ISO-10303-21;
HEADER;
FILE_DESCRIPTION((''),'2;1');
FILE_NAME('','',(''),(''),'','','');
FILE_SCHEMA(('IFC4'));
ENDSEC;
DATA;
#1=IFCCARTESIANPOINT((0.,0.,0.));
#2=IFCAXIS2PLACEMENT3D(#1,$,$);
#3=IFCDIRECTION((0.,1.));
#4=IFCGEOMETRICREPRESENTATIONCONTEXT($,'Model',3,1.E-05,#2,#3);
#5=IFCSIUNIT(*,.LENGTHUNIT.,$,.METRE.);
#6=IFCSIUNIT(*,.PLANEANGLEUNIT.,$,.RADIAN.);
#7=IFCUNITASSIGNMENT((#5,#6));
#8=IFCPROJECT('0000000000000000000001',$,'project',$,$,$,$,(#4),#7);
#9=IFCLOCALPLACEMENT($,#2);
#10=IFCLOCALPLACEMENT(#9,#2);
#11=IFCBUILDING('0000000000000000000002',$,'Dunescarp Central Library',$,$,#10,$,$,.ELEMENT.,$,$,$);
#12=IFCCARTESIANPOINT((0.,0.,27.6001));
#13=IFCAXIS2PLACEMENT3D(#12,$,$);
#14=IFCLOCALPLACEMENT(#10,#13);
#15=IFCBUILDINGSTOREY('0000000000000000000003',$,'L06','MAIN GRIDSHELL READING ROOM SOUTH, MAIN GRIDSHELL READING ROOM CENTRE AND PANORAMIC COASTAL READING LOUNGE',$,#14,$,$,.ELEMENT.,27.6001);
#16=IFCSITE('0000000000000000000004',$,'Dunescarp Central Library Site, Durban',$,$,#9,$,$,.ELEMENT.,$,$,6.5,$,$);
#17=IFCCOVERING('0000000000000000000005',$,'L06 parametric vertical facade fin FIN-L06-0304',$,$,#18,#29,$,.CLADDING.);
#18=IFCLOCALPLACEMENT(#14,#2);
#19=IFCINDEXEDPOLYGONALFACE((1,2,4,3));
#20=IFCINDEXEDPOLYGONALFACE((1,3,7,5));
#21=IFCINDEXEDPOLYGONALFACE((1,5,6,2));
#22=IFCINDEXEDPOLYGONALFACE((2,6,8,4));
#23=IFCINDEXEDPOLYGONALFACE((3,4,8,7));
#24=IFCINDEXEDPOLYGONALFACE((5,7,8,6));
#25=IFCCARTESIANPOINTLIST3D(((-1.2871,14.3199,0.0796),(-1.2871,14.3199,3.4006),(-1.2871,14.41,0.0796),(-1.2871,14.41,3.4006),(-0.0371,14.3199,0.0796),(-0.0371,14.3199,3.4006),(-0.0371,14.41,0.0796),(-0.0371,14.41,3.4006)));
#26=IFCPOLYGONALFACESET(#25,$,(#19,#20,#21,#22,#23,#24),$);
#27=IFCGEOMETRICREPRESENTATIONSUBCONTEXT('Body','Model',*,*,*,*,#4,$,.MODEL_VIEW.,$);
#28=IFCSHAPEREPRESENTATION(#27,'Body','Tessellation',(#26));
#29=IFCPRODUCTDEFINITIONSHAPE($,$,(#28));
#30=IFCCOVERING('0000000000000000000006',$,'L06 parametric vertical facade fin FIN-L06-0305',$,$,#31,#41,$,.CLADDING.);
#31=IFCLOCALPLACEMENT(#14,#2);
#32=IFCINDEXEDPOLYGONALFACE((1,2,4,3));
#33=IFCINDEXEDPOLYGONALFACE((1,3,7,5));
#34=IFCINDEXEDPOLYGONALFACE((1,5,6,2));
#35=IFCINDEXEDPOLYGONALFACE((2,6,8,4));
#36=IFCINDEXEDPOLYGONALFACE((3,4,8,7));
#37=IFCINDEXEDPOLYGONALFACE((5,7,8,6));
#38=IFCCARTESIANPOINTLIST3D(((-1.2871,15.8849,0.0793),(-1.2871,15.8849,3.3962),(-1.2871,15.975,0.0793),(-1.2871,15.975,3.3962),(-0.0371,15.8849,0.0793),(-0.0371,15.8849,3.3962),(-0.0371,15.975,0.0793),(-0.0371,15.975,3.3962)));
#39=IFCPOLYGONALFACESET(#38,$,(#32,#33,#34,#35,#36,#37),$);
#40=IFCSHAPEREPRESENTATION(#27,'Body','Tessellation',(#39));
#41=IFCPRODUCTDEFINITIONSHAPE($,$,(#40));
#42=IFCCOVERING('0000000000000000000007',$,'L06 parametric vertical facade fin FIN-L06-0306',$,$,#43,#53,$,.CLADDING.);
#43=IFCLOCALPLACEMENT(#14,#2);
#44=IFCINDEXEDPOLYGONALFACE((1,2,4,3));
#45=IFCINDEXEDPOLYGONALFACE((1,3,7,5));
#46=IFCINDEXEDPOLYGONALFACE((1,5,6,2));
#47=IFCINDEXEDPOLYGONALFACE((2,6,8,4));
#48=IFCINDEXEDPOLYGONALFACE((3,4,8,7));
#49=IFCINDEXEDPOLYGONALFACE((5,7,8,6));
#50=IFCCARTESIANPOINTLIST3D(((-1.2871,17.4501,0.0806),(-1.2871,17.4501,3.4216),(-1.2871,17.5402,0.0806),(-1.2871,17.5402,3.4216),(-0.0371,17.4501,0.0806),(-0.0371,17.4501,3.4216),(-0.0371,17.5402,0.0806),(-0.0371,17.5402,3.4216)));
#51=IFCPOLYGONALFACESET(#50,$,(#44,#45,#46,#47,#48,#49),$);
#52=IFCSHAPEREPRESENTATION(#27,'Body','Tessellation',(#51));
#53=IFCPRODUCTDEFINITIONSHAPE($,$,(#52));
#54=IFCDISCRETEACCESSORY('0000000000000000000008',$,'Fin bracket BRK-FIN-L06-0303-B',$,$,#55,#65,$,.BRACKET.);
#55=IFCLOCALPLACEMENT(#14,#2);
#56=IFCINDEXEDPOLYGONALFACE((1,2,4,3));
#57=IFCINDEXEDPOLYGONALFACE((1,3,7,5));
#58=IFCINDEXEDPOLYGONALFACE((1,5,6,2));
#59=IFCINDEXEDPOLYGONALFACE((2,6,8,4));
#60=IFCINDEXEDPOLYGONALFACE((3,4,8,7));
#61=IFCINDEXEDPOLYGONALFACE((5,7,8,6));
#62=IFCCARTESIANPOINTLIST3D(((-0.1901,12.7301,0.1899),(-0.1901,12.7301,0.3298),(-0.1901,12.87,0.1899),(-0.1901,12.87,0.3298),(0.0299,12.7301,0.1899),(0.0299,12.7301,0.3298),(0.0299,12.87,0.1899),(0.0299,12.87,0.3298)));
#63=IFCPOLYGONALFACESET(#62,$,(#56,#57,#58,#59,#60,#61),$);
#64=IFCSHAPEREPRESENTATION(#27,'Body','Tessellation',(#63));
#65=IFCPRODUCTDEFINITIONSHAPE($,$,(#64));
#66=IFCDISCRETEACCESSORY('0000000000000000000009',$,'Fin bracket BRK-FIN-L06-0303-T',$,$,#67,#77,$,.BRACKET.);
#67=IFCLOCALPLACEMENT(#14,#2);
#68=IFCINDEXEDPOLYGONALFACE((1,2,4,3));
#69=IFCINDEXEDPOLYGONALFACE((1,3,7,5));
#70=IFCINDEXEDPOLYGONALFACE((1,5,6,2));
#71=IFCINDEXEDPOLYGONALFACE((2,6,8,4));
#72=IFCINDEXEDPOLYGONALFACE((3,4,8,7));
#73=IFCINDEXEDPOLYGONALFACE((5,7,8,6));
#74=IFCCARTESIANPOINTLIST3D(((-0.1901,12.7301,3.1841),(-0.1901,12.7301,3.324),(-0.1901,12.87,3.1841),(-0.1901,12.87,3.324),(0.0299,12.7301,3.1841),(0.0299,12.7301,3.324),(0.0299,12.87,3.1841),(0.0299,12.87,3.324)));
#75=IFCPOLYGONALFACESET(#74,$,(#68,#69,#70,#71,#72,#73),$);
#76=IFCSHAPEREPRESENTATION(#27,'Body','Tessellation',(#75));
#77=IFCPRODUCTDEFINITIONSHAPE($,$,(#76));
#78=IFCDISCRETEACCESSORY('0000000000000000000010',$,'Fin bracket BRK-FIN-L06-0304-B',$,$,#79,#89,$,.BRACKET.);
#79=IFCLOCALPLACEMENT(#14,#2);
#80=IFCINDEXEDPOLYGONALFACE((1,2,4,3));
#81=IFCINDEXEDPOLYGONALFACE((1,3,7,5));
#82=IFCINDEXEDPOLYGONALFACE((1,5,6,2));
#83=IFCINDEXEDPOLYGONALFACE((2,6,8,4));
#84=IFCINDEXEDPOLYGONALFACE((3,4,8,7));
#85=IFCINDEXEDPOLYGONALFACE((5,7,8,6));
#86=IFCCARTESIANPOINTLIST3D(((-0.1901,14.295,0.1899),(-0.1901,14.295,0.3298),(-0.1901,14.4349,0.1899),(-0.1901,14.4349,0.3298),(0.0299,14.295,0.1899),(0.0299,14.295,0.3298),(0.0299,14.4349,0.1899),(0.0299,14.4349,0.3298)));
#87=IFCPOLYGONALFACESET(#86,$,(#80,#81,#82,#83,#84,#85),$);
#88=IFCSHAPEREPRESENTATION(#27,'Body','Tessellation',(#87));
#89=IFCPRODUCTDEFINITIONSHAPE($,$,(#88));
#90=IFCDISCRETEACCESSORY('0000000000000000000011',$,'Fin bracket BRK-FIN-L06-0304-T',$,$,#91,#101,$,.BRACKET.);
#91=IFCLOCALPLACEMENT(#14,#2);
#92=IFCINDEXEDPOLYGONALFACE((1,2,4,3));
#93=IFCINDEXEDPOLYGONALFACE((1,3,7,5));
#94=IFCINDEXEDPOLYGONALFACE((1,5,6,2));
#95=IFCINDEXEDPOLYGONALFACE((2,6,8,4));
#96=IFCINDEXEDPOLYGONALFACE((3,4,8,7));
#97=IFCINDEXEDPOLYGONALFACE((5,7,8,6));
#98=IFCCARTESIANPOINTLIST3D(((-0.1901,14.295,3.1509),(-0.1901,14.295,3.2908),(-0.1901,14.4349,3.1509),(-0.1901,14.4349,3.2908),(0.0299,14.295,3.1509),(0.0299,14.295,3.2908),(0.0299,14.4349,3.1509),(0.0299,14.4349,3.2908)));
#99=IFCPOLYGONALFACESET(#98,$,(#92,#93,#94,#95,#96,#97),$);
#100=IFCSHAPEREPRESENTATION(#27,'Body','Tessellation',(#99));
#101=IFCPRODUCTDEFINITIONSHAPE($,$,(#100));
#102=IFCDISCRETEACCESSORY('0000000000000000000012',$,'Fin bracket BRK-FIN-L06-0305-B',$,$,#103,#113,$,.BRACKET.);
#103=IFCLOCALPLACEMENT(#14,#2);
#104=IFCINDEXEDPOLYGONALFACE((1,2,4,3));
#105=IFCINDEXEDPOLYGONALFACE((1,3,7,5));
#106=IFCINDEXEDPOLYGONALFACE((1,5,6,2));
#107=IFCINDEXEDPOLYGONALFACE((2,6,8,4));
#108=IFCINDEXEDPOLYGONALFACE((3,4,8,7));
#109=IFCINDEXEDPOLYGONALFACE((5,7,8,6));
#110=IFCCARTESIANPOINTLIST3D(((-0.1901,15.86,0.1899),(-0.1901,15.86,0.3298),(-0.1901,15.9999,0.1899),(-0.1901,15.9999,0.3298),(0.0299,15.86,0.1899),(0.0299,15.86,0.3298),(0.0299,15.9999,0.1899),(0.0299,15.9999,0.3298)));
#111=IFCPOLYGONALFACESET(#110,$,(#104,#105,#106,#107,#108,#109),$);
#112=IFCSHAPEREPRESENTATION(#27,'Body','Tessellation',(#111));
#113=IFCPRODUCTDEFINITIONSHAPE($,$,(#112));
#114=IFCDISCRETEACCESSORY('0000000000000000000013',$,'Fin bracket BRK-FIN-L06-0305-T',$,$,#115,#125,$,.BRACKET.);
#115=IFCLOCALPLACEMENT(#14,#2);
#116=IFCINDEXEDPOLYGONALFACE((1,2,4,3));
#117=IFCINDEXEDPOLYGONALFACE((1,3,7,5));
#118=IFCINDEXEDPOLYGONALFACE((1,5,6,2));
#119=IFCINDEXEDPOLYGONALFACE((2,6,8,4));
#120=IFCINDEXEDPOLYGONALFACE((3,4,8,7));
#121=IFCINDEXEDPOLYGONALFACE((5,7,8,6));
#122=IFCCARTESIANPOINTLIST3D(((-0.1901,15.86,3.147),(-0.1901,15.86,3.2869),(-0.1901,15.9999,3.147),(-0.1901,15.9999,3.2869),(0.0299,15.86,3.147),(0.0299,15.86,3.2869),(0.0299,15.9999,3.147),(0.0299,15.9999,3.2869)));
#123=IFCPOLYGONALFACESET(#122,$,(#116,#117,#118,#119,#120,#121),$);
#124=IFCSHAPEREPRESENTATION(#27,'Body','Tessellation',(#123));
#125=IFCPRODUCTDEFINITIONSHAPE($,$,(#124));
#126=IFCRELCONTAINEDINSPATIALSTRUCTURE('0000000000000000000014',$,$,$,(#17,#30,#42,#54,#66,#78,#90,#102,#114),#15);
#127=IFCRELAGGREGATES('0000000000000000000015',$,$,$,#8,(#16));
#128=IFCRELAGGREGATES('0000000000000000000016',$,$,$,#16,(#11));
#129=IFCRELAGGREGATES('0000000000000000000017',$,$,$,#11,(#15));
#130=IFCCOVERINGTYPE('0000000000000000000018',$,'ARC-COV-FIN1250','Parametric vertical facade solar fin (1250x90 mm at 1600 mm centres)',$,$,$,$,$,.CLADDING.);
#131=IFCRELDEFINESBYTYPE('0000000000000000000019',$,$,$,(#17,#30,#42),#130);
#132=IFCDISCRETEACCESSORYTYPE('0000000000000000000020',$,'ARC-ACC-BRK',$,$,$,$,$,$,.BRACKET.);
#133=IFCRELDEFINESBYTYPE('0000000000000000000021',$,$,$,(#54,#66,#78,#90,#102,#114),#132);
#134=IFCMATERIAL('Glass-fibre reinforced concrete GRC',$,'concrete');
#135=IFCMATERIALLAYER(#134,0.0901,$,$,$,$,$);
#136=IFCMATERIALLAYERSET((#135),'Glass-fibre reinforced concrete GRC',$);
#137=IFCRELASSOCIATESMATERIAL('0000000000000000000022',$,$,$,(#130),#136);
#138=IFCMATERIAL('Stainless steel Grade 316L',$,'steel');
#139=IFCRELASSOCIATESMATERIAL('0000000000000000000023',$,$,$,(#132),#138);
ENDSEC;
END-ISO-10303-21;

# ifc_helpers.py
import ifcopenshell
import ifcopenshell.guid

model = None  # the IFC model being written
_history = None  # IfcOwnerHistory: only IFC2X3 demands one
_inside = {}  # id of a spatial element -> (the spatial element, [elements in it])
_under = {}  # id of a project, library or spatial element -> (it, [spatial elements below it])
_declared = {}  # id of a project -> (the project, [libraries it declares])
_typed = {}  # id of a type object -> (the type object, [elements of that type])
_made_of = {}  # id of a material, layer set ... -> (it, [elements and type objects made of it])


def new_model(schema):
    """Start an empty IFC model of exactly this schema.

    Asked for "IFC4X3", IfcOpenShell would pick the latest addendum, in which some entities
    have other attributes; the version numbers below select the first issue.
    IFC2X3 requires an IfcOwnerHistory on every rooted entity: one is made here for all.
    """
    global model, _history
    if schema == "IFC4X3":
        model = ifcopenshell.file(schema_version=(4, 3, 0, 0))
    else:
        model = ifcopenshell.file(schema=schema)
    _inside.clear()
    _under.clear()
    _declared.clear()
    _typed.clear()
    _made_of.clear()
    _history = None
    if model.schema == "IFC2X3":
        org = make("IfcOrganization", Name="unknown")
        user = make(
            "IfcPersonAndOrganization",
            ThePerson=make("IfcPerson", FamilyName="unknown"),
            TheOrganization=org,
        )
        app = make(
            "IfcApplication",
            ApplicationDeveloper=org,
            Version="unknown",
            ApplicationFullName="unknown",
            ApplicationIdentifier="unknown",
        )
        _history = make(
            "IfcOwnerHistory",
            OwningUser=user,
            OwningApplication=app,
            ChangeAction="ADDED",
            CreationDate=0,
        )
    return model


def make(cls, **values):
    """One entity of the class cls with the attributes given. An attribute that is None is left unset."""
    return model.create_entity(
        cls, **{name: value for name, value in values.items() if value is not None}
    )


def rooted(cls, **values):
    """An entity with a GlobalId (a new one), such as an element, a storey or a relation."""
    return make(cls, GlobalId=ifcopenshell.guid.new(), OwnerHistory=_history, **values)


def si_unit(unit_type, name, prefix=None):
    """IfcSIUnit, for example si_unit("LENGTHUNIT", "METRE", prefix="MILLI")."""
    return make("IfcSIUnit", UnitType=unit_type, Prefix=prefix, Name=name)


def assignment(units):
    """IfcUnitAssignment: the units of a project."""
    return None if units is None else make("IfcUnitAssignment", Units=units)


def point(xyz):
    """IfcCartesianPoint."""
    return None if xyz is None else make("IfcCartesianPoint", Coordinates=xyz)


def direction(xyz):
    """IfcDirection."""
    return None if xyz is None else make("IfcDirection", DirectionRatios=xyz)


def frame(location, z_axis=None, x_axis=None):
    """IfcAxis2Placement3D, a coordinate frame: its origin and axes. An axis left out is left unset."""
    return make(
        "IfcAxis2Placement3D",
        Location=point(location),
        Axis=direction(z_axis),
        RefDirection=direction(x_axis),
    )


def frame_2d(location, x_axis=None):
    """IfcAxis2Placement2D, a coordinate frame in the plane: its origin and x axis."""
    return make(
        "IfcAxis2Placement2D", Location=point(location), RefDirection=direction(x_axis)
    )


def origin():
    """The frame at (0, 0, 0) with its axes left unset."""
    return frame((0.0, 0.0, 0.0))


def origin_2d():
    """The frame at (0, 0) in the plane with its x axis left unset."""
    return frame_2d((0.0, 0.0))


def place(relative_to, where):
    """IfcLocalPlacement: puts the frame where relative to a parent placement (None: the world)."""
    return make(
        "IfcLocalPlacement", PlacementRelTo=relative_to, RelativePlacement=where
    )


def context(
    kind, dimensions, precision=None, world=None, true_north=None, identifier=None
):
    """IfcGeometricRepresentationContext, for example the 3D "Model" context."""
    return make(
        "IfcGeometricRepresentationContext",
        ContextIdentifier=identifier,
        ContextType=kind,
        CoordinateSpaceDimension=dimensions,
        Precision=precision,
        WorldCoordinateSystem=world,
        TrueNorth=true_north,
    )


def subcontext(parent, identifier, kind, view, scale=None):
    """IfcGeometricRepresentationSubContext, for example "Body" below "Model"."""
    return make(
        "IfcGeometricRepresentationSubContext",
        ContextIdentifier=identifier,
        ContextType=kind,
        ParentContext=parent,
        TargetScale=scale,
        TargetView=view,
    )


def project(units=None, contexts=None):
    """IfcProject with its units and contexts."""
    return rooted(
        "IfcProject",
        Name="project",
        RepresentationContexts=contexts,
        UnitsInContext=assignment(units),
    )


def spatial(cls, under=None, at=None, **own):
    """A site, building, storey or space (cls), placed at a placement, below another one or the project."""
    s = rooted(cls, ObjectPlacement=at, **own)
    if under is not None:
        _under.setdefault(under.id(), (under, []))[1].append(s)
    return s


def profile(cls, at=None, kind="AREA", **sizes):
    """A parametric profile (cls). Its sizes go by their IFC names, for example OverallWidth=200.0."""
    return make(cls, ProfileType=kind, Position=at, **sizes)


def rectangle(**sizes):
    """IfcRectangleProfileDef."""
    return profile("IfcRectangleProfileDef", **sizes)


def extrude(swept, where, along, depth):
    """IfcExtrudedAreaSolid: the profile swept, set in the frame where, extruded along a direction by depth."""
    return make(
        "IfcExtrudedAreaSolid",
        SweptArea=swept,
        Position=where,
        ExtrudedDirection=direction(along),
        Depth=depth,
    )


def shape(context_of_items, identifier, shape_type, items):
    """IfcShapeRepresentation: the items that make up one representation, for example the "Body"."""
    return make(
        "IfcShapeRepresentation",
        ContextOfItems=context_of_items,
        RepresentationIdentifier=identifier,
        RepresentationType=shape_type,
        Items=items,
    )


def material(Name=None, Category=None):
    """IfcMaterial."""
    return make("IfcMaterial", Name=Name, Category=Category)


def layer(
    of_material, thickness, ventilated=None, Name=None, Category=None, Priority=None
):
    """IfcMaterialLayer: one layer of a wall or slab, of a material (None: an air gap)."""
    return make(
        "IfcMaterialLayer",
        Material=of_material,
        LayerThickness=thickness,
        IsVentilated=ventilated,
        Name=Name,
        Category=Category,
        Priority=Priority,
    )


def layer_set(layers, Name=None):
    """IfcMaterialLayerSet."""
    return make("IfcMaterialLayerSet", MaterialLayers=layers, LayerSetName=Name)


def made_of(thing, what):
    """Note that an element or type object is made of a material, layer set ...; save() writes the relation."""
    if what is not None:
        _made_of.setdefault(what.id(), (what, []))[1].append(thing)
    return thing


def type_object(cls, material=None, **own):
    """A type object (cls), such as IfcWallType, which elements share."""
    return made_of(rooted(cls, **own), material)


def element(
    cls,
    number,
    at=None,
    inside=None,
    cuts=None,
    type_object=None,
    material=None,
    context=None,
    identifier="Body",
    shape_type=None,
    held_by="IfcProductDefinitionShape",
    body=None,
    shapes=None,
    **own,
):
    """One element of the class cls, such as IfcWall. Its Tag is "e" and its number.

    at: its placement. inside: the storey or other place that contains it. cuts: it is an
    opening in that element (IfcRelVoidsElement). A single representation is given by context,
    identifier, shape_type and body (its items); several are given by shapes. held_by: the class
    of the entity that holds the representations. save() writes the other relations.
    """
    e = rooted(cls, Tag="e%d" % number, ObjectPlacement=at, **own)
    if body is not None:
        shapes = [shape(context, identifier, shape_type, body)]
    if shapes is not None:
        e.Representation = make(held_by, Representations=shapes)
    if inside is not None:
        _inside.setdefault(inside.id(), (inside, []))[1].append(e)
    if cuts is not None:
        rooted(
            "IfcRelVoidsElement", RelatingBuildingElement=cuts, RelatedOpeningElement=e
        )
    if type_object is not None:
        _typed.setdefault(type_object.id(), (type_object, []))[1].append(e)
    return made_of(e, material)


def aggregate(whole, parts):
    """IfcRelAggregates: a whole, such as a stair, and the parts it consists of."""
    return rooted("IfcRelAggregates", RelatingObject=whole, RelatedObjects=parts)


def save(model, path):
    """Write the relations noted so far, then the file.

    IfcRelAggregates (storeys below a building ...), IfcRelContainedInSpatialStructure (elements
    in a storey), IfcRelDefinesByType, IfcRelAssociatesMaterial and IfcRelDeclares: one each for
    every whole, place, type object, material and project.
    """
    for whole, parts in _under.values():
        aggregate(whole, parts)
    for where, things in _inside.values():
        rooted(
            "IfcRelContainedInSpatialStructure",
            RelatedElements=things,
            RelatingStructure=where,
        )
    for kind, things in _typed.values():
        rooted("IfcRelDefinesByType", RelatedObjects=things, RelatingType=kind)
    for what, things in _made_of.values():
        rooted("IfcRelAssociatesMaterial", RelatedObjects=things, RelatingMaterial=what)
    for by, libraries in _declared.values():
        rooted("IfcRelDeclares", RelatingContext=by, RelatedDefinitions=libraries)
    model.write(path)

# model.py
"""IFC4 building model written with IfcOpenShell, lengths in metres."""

from ifc_helpers import new_model, si_unit, direction, frame, origin, origin_2d, place, context, subcontext, project, spatial, rectangle, extrude, material, layer, layer_set, type_object, element, save


model = new_model("IFC4")

# Units and contexts
model_context = context("Model", 3, precision=1e-05, world=origin(), true_north=direction((0.0, 1.0)))
body_context = subcontext(model_context, "Body", "Model", "MODEL_VIEW")
ifc_project = project(units=[si_unit("LENGTHUNIT", "METRE"), si_unit("PLANEANGLEUNIT", "RADIAN")], contexts=[model_context])

# Site, building, storey
site_placement = place(None, origin())
site = spatial("IfcSite", under=ifc_project, at=site_placement, Name="Dunescarp Central Library Site, Durban", CompositionType="ELEMENT", RefElevation=6.5)
building_placement = place(site_placement, origin())
building = spatial("IfcBuilding", under=site, at=building_placement, Name="Dunescarp Central Library", CompositionType="ELEMENT")
storey_placement = place(building_placement, frame((0.0, 0.0, 27.6001)))
storey = spatial("IfcBuildingStorey", under=building, at=storey_placement, Name="L06", Description="MAIN GRIDSHELL READING ROOM SOUTH, MAIN GRIDSHELL READING ROOM CENTRE AND PANORAMIC COASTAL READING LOUNGE", CompositionType="ELEMENT", Elevation=27.6001)

# Coverings
ifc_material_1 = material(Name="Glass-fibre reinforced concrete GRC", Category="concrete")
ifc_layer_1 = layer(ifc_material_1, 0.0901)
ifc_layer_set_1 = layer_set([ifc_layer_1], Name="Glass-fibre reinforced concrete GRC")
covering_type = type_object("IfcCoveringType", Name="ARC-COV-FIN1250", Description="Parametric vertical facade solar fin (1250x90 mm at 1600 mm centres)", PredefinedType="CLADDING", material=ifc_layer_set_1)
covering_1_placement = place(storey_placement, frame((-0.6621, 14.365, 0.0796), z_axis=(0.0, 0.0, 1.0), x_axis=(-1.0, 0.0, 0.0)))
element("IfcCovering", 1, at=covering_1_placement, inside=storey, type_object=covering_type, Name="L06 parametric vertical facade fin FIN-L06-0304", PredefinedType="CLADDING", context=body_context, shape_type="SweptSolid", body=[
    extrude(rectangle(XDim=1.25, YDim=0.0901, at=origin_2d()), origin(), (0.0, 0.0, 1.0), 3.321),
])
covering_2_placement = place(storey_placement, frame((-0.6621, 15.9299, 0.0793), z_axis=(0.0, 0.0, 1.0), x_axis=(-1.0, 0.0, 0.0)))
element("IfcCovering", 2, at=covering_2_placement, inside=storey, type_object=covering_type, Name="L06 parametric vertical facade fin FIN-L06-0305", PredefinedType="CLADDING", context=body_context, shape_type="SweptSolid", body=[
    extrude(rectangle(XDim=1.25, YDim=0.0901, at=origin_2d()), origin(), (0.0, 0.0, 1.0), 3.3169),
])
covering_3_placement = place(storey_placement, frame((-0.6621, 17.4951, 0.0806), z_axis=(0.0, 0.0, 1.0), x_axis=(-1.0, 0.0, 0.0)))
element("IfcCovering", 3, at=covering_3_placement, inside=storey, type_object=covering_type, Name="L06 parametric vertical facade fin FIN-L06-0306", PredefinedType="CLADDING", context=body_context, shape_type="SweptSolid", body=[
    extrude(rectangle(XDim=1.25, YDim=0.0901, at=origin_2d()), origin(), (0.0, 0.0, 1.0), 3.3411),
])

# Discrete accessories
ifc_material_2 = material(Name="Stainless steel Grade 316L", Category="steel")
discrete_accessory_type = type_object("IfcDiscreteAccessoryType", Name="ARC-ACC-BRK", PredefinedType="BRACKET", material=ifc_material_2)
for number, where, z_axis, x_axis, name in (
    (4, (-0.0801, 12.8, 0.1899), (0.0, 0.0, 1.0), (-1.0, 0.0, 0.0), "Fin bracket BRK-FIN-L06-0303-B"),
    (5, (-0.0801, 12.8, 3.1841), (0.0, 0.0, 1.0), (-1.0, 0.0, 0.0), "Fin bracket BRK-FIN-L06-0303-T"),
    (6, (-0.0801, 14.365, 0.1899), (0.0, 0.0, 1.0), (-1.0, 0.0, 0.0), "Fin bracket BRK-FIN-L06-0304-B"),
    (7, (-0.0801, 14.365, 3.1509), (0.0, 0.0, 1.0), (-1.0, 0.0, 0.0), "Fin bracket BRK-FIN-L06-0304-T"),
    (8, (-0.0801, 15.9299, 0.1899), (0.0, 0.0, 1.0), (-1.0, 0.0, 0.0), "Fin bracket BRK-FIN-L06-0305-B"),
    (9, (-0.0801, 15.9299, 3.147), (0.0, 0.0, 1.0), (-1.0, 0.0, 0.0), "Fin bracket BRK-FIN-L06-0305-T"),
):
    element("IfcDiscreteAccessory", number, at=place(storey_placement, frame(where, z_axis=z_axis, x_axis=x_axis)), inside=storey, type_object=discrete_accessory_type, Name=name, PredefinedType="BRACKET", context=body_context, shape_type="SweptSolid", body=[
        extrude(rectangle(XDim=0.22, YDim=0.1399, at=origin_2d()), origin(), (0.0, 0.0, 1.0), 0.1399),
    ])

save(model, "model.ifc")
